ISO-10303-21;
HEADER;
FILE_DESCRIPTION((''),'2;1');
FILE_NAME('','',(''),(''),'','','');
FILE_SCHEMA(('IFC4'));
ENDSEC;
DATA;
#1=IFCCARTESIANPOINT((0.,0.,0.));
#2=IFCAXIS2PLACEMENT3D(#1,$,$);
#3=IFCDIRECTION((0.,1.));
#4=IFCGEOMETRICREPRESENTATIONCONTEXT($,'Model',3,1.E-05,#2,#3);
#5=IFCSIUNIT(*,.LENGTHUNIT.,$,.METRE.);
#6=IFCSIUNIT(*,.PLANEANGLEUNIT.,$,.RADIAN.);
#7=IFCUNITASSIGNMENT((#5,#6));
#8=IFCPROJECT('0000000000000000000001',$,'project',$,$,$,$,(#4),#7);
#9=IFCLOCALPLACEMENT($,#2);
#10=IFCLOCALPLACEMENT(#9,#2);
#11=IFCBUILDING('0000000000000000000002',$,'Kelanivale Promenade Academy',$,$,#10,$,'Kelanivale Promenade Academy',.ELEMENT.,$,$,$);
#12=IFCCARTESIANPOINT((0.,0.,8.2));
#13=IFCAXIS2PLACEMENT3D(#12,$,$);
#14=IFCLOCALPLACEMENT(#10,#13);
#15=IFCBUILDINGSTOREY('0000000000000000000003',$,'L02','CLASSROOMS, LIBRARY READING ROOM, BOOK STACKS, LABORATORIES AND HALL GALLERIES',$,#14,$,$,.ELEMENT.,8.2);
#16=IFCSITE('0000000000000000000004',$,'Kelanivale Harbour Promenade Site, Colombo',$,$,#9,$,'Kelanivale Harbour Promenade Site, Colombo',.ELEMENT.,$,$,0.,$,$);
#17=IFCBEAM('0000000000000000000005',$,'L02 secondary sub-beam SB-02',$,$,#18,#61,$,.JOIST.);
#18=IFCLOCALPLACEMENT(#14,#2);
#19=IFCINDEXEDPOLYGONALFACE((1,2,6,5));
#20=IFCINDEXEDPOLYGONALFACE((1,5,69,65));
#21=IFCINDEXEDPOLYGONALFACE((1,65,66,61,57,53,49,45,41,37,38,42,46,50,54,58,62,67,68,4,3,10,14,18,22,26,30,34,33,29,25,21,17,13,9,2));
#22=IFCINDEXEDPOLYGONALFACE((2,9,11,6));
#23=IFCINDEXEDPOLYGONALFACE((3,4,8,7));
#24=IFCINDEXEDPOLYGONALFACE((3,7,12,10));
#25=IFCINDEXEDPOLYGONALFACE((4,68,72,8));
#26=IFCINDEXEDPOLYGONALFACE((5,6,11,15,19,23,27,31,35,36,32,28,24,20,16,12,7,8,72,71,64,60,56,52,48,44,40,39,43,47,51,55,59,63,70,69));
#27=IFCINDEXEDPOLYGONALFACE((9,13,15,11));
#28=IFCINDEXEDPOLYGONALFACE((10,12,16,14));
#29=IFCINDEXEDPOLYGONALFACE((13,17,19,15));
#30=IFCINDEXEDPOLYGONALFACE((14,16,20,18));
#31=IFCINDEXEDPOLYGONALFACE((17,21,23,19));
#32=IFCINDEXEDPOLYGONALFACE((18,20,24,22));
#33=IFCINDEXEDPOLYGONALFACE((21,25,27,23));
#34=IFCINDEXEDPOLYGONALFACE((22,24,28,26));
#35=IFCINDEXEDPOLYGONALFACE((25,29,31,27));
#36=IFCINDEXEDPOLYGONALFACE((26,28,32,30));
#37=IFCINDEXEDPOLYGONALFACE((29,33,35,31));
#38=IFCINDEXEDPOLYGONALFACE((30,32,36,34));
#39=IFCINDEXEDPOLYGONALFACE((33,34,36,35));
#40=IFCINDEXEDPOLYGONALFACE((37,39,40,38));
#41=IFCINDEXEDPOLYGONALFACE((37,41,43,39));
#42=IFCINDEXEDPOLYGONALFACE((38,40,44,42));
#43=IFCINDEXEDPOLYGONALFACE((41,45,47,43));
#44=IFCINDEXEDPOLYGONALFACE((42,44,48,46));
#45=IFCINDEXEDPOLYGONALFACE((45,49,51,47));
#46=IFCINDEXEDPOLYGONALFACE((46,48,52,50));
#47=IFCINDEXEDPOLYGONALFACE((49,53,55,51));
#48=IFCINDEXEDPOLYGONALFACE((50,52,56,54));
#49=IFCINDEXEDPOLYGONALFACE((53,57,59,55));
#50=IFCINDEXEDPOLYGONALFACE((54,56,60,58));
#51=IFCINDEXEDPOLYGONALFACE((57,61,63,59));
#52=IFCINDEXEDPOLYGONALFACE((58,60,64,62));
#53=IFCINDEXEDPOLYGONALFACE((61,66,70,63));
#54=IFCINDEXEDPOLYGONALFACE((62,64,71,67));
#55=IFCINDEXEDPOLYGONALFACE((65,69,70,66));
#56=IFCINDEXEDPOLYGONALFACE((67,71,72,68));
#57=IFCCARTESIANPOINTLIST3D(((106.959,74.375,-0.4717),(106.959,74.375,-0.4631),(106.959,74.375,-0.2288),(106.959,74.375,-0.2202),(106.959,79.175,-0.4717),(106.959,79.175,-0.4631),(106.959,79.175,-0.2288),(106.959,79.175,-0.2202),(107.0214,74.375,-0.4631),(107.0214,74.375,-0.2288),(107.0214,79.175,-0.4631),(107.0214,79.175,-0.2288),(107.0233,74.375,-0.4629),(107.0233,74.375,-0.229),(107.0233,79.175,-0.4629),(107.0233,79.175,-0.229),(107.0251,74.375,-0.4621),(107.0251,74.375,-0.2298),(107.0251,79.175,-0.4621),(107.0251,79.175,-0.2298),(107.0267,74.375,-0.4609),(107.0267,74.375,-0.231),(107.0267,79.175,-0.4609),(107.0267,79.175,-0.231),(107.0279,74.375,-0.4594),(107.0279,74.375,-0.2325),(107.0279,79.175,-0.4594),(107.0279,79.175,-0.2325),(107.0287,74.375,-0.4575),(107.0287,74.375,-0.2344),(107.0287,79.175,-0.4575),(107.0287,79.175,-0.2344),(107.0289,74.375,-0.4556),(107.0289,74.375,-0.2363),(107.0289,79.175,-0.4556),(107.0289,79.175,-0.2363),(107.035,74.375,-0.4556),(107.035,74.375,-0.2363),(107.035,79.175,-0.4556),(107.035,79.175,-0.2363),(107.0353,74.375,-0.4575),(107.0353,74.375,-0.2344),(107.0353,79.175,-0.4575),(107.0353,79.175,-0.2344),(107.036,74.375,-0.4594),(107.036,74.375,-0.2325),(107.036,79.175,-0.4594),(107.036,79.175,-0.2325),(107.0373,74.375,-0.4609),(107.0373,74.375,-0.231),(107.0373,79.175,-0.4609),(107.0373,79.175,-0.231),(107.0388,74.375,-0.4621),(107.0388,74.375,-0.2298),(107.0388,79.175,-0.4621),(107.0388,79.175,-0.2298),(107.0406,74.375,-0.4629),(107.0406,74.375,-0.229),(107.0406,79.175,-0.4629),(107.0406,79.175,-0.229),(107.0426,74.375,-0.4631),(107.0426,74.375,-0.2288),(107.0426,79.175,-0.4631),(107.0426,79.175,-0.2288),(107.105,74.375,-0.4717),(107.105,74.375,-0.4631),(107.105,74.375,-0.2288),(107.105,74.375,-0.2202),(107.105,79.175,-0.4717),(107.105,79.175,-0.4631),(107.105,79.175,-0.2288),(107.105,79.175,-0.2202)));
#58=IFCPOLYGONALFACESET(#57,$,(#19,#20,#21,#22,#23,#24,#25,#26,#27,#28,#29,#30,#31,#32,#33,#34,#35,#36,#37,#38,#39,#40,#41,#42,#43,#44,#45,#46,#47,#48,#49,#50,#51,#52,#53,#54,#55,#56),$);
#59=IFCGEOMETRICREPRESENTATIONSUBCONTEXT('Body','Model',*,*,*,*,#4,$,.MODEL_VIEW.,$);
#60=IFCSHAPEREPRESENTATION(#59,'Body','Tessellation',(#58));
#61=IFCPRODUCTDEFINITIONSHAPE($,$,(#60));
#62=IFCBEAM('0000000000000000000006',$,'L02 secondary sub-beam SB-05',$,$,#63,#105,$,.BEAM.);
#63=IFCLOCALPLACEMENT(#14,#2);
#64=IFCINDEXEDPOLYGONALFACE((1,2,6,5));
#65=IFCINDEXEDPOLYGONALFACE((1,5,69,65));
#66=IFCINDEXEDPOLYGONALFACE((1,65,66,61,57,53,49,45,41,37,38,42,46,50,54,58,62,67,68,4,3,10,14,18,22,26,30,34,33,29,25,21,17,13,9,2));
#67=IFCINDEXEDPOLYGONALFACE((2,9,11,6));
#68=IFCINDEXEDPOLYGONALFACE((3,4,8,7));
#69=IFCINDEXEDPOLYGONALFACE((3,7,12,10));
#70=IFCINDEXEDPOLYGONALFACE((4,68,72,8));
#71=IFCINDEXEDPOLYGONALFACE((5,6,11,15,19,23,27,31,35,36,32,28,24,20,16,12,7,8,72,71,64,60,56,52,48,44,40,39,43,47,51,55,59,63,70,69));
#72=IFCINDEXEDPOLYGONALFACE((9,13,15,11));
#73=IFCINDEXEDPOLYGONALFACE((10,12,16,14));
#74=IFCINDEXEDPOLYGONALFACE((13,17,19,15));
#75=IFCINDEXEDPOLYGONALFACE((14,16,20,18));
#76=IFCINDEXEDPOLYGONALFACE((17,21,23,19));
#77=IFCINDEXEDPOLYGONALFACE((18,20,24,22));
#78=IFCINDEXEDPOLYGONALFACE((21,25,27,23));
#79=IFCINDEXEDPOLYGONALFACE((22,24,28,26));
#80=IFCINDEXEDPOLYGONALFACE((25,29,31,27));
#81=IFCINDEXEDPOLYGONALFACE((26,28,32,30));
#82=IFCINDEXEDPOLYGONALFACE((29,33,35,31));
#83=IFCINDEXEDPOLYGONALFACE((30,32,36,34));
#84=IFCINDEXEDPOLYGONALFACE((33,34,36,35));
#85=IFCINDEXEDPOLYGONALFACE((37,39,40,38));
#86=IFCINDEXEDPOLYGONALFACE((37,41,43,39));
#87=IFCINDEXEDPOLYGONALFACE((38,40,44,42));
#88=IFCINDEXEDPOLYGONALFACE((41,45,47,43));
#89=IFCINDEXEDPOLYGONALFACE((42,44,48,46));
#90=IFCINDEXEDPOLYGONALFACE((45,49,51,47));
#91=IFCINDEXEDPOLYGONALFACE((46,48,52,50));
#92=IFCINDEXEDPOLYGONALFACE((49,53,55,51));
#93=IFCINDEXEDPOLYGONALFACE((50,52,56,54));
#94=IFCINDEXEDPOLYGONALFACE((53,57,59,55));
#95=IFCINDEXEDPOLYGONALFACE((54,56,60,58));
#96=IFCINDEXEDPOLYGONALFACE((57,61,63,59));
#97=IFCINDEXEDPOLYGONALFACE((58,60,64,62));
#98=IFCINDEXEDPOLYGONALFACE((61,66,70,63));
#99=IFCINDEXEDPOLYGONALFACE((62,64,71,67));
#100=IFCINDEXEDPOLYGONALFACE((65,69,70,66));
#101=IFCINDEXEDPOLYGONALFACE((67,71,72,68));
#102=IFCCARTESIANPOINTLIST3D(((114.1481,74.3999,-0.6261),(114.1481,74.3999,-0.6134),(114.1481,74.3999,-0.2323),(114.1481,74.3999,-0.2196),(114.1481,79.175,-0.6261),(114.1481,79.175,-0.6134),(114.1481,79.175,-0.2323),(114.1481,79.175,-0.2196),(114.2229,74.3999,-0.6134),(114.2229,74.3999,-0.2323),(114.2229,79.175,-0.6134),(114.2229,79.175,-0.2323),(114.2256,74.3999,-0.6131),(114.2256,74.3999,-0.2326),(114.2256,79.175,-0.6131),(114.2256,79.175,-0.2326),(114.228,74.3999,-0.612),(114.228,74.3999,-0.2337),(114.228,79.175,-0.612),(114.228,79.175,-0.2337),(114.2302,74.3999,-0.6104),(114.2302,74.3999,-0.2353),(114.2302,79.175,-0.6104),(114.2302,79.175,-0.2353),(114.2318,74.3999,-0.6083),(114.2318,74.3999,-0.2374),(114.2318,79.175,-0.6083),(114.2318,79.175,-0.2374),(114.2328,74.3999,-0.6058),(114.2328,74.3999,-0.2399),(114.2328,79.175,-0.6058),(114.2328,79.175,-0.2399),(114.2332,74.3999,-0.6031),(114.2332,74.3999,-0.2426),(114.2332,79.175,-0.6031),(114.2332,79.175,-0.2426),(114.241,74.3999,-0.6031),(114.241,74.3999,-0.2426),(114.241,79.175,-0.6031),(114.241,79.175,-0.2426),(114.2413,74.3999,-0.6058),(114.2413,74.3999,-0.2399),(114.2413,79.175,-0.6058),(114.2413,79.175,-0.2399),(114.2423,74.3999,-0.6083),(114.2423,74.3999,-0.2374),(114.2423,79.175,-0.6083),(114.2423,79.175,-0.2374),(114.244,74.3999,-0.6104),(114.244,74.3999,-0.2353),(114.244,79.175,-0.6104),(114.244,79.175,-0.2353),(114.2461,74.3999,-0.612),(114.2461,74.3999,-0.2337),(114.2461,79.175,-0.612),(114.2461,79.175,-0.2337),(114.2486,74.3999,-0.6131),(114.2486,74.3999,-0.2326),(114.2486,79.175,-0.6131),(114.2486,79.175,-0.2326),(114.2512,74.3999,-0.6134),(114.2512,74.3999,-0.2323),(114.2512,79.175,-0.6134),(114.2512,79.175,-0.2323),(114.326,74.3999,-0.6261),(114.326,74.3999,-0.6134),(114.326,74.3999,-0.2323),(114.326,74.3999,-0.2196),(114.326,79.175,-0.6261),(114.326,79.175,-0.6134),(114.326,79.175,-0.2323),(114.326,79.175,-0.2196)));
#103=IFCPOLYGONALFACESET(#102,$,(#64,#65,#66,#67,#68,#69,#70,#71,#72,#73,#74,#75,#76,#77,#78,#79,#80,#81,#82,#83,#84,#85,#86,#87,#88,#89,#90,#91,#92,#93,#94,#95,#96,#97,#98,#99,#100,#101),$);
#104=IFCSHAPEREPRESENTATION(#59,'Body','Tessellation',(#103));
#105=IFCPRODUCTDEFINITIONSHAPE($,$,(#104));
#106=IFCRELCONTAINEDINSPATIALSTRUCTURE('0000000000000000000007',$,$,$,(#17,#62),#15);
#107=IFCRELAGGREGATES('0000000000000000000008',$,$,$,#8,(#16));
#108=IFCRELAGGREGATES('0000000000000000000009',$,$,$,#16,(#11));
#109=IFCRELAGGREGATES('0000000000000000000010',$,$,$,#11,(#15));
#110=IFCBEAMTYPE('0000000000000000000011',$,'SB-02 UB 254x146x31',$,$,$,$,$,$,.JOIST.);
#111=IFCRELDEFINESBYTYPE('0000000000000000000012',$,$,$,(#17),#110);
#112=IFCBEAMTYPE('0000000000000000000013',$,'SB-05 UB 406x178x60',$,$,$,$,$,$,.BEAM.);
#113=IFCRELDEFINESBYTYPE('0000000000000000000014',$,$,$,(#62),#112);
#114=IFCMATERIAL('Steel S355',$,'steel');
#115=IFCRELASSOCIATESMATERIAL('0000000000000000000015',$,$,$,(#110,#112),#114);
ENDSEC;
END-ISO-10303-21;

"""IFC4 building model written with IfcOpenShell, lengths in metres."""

from ifc_helpers import new_model, si_unit, direction, frame, origin, origin_2d, place, context, subcontext, project, spatial, i_section, extrude, material, material_profile, profile_set, type_object, element, save


model = new_model("IFC4")

# Units and contexts
model_context = context("Model", 3, precision=1e-05, world=origin(), true_north=direction((0.0, 1.0)))
body_context = subcontext(model_context, "Body", "Model", "MODEL_VIEW")
ifc_project = project(units=[si_unit("LENGTHUNIT", "METRE"), si_unit("PLANEANGLEUNIT", "RADIAN")], contexts=[model_context])

# Site, building, storey
site_placement = place(None, origin())
site = spatial("IfcSite", under=ifc_project, at=site_placement, Name="Kelanivale Harbour Promenade Site, Colombo", LongName="Kelanivale Harbour Promenade Site, Colombo", CompositionType="ELEMENT", RefElevation=0.0)
building_placement = place(site_placement, origin())
building = spatial("IfcBuilding", under=site, at=building_placement, Name="Kelanivale Promenade Academy", LongName="Kelanivale Promenade Academy", CompositionType="ELEMENT")
storey_placement = place(building_placement, frame((0.0, 0.0, 8.2)))
storey = spatial("IfcBuildingStorey", under=building, at=storey_placement, Name="L02", Description="CLASSROOMS, LIBRARY READING ROOM, BOOK STACKS, LABORATORIES AND HALL GALLERIES", CompositionType="ELEMENT", Elevation=8.2)

# Beams
ifc_material_1 = material(Name="Steel S355", Category="steel")
ifc_material_profile_1 = material_profile(ifc_material_1, i_section(OverallWidth=0.146, OverallDepth=0.2515, WebThickness=0.0061, FlangeThickness=0.0085, FilletRadius=0.0076, at=origin_2d()), Name="UB 254x146x31")
ifc_profile_set_1 = profile_set([ifc_material_profile_1], Name="Steel S355")
beam_type_1 = type_object("IfcBeamType", Name="SB-02 UB 254x146x31", PredefinedType="JOIST", material=ifc_profile_set_1)
beam_1_placement = place(storey_placement, frame((107.032, 74.375, -0.3459), z_axis=(0.0, 1.0, 0.0), x_axis=(-1.0, 0.0, 0.0)))
element("IfcBeam", 1, at=beam_1_placement, inside=storey, type_object=beam_type_1, Name="L02 secondary sub-beam SB-02", PredefinedType="JOIST", context=body_context, shape_type="SweptSolid", body=[
    extrude(i_section(OverallWidth=0.146, OverallDepth=0.2515, WebThickness=0.0061, FlangeThickness=0.0085, FilletRadius=0.0076, at=origin_2d()), origin(), (0.0, 0.0, 1.0), 4.8),
])
ifc_material_profile_2 = material_profile(ifc_material_1, i_section(OverallWidth=0.178, OverallDepth=0.4065, WebThickness=0.0078, FlangeThickness=0.0127, FilletRadius=0.0103, at=origin_2d()), Name="UB 406x178x60")
ifc_profile_set_2 = profile_set([ifc_material_profile_2], Name="Steel S355")
beam_type_2 = type_object("IfcBeamType", Name="SB-05 UB 406x178x60", PredefinedType="BEAM", material=ifc_profile_set_2)
beam_2_placement = place(storey_placement, frame((114.2371, 74.3999, -0.4229), z_axis=(0.0, 1.0, 0.0), x_axis=(-1.0, 0.0, 0.0)))
element("IfcBeam", 2, at=beam_2_placement, inside=storey, type_object=beam_type_2, Name="L02 secondary sub-beam SB-05", PredefinedType="BEAM", context=body_context, shape_type="SweptSolid", body=[
    extrude(i_section(OverallWidth=0.178, OverallDepth=0.4065, WebThickness=0.0078, FlangeThickness=0.0127, FilletRadius=0.0103, at=origin_2d()), origin(), (0.0, 0.0, 1.0), 4.7751),
])

save(model, "model.ifc")
